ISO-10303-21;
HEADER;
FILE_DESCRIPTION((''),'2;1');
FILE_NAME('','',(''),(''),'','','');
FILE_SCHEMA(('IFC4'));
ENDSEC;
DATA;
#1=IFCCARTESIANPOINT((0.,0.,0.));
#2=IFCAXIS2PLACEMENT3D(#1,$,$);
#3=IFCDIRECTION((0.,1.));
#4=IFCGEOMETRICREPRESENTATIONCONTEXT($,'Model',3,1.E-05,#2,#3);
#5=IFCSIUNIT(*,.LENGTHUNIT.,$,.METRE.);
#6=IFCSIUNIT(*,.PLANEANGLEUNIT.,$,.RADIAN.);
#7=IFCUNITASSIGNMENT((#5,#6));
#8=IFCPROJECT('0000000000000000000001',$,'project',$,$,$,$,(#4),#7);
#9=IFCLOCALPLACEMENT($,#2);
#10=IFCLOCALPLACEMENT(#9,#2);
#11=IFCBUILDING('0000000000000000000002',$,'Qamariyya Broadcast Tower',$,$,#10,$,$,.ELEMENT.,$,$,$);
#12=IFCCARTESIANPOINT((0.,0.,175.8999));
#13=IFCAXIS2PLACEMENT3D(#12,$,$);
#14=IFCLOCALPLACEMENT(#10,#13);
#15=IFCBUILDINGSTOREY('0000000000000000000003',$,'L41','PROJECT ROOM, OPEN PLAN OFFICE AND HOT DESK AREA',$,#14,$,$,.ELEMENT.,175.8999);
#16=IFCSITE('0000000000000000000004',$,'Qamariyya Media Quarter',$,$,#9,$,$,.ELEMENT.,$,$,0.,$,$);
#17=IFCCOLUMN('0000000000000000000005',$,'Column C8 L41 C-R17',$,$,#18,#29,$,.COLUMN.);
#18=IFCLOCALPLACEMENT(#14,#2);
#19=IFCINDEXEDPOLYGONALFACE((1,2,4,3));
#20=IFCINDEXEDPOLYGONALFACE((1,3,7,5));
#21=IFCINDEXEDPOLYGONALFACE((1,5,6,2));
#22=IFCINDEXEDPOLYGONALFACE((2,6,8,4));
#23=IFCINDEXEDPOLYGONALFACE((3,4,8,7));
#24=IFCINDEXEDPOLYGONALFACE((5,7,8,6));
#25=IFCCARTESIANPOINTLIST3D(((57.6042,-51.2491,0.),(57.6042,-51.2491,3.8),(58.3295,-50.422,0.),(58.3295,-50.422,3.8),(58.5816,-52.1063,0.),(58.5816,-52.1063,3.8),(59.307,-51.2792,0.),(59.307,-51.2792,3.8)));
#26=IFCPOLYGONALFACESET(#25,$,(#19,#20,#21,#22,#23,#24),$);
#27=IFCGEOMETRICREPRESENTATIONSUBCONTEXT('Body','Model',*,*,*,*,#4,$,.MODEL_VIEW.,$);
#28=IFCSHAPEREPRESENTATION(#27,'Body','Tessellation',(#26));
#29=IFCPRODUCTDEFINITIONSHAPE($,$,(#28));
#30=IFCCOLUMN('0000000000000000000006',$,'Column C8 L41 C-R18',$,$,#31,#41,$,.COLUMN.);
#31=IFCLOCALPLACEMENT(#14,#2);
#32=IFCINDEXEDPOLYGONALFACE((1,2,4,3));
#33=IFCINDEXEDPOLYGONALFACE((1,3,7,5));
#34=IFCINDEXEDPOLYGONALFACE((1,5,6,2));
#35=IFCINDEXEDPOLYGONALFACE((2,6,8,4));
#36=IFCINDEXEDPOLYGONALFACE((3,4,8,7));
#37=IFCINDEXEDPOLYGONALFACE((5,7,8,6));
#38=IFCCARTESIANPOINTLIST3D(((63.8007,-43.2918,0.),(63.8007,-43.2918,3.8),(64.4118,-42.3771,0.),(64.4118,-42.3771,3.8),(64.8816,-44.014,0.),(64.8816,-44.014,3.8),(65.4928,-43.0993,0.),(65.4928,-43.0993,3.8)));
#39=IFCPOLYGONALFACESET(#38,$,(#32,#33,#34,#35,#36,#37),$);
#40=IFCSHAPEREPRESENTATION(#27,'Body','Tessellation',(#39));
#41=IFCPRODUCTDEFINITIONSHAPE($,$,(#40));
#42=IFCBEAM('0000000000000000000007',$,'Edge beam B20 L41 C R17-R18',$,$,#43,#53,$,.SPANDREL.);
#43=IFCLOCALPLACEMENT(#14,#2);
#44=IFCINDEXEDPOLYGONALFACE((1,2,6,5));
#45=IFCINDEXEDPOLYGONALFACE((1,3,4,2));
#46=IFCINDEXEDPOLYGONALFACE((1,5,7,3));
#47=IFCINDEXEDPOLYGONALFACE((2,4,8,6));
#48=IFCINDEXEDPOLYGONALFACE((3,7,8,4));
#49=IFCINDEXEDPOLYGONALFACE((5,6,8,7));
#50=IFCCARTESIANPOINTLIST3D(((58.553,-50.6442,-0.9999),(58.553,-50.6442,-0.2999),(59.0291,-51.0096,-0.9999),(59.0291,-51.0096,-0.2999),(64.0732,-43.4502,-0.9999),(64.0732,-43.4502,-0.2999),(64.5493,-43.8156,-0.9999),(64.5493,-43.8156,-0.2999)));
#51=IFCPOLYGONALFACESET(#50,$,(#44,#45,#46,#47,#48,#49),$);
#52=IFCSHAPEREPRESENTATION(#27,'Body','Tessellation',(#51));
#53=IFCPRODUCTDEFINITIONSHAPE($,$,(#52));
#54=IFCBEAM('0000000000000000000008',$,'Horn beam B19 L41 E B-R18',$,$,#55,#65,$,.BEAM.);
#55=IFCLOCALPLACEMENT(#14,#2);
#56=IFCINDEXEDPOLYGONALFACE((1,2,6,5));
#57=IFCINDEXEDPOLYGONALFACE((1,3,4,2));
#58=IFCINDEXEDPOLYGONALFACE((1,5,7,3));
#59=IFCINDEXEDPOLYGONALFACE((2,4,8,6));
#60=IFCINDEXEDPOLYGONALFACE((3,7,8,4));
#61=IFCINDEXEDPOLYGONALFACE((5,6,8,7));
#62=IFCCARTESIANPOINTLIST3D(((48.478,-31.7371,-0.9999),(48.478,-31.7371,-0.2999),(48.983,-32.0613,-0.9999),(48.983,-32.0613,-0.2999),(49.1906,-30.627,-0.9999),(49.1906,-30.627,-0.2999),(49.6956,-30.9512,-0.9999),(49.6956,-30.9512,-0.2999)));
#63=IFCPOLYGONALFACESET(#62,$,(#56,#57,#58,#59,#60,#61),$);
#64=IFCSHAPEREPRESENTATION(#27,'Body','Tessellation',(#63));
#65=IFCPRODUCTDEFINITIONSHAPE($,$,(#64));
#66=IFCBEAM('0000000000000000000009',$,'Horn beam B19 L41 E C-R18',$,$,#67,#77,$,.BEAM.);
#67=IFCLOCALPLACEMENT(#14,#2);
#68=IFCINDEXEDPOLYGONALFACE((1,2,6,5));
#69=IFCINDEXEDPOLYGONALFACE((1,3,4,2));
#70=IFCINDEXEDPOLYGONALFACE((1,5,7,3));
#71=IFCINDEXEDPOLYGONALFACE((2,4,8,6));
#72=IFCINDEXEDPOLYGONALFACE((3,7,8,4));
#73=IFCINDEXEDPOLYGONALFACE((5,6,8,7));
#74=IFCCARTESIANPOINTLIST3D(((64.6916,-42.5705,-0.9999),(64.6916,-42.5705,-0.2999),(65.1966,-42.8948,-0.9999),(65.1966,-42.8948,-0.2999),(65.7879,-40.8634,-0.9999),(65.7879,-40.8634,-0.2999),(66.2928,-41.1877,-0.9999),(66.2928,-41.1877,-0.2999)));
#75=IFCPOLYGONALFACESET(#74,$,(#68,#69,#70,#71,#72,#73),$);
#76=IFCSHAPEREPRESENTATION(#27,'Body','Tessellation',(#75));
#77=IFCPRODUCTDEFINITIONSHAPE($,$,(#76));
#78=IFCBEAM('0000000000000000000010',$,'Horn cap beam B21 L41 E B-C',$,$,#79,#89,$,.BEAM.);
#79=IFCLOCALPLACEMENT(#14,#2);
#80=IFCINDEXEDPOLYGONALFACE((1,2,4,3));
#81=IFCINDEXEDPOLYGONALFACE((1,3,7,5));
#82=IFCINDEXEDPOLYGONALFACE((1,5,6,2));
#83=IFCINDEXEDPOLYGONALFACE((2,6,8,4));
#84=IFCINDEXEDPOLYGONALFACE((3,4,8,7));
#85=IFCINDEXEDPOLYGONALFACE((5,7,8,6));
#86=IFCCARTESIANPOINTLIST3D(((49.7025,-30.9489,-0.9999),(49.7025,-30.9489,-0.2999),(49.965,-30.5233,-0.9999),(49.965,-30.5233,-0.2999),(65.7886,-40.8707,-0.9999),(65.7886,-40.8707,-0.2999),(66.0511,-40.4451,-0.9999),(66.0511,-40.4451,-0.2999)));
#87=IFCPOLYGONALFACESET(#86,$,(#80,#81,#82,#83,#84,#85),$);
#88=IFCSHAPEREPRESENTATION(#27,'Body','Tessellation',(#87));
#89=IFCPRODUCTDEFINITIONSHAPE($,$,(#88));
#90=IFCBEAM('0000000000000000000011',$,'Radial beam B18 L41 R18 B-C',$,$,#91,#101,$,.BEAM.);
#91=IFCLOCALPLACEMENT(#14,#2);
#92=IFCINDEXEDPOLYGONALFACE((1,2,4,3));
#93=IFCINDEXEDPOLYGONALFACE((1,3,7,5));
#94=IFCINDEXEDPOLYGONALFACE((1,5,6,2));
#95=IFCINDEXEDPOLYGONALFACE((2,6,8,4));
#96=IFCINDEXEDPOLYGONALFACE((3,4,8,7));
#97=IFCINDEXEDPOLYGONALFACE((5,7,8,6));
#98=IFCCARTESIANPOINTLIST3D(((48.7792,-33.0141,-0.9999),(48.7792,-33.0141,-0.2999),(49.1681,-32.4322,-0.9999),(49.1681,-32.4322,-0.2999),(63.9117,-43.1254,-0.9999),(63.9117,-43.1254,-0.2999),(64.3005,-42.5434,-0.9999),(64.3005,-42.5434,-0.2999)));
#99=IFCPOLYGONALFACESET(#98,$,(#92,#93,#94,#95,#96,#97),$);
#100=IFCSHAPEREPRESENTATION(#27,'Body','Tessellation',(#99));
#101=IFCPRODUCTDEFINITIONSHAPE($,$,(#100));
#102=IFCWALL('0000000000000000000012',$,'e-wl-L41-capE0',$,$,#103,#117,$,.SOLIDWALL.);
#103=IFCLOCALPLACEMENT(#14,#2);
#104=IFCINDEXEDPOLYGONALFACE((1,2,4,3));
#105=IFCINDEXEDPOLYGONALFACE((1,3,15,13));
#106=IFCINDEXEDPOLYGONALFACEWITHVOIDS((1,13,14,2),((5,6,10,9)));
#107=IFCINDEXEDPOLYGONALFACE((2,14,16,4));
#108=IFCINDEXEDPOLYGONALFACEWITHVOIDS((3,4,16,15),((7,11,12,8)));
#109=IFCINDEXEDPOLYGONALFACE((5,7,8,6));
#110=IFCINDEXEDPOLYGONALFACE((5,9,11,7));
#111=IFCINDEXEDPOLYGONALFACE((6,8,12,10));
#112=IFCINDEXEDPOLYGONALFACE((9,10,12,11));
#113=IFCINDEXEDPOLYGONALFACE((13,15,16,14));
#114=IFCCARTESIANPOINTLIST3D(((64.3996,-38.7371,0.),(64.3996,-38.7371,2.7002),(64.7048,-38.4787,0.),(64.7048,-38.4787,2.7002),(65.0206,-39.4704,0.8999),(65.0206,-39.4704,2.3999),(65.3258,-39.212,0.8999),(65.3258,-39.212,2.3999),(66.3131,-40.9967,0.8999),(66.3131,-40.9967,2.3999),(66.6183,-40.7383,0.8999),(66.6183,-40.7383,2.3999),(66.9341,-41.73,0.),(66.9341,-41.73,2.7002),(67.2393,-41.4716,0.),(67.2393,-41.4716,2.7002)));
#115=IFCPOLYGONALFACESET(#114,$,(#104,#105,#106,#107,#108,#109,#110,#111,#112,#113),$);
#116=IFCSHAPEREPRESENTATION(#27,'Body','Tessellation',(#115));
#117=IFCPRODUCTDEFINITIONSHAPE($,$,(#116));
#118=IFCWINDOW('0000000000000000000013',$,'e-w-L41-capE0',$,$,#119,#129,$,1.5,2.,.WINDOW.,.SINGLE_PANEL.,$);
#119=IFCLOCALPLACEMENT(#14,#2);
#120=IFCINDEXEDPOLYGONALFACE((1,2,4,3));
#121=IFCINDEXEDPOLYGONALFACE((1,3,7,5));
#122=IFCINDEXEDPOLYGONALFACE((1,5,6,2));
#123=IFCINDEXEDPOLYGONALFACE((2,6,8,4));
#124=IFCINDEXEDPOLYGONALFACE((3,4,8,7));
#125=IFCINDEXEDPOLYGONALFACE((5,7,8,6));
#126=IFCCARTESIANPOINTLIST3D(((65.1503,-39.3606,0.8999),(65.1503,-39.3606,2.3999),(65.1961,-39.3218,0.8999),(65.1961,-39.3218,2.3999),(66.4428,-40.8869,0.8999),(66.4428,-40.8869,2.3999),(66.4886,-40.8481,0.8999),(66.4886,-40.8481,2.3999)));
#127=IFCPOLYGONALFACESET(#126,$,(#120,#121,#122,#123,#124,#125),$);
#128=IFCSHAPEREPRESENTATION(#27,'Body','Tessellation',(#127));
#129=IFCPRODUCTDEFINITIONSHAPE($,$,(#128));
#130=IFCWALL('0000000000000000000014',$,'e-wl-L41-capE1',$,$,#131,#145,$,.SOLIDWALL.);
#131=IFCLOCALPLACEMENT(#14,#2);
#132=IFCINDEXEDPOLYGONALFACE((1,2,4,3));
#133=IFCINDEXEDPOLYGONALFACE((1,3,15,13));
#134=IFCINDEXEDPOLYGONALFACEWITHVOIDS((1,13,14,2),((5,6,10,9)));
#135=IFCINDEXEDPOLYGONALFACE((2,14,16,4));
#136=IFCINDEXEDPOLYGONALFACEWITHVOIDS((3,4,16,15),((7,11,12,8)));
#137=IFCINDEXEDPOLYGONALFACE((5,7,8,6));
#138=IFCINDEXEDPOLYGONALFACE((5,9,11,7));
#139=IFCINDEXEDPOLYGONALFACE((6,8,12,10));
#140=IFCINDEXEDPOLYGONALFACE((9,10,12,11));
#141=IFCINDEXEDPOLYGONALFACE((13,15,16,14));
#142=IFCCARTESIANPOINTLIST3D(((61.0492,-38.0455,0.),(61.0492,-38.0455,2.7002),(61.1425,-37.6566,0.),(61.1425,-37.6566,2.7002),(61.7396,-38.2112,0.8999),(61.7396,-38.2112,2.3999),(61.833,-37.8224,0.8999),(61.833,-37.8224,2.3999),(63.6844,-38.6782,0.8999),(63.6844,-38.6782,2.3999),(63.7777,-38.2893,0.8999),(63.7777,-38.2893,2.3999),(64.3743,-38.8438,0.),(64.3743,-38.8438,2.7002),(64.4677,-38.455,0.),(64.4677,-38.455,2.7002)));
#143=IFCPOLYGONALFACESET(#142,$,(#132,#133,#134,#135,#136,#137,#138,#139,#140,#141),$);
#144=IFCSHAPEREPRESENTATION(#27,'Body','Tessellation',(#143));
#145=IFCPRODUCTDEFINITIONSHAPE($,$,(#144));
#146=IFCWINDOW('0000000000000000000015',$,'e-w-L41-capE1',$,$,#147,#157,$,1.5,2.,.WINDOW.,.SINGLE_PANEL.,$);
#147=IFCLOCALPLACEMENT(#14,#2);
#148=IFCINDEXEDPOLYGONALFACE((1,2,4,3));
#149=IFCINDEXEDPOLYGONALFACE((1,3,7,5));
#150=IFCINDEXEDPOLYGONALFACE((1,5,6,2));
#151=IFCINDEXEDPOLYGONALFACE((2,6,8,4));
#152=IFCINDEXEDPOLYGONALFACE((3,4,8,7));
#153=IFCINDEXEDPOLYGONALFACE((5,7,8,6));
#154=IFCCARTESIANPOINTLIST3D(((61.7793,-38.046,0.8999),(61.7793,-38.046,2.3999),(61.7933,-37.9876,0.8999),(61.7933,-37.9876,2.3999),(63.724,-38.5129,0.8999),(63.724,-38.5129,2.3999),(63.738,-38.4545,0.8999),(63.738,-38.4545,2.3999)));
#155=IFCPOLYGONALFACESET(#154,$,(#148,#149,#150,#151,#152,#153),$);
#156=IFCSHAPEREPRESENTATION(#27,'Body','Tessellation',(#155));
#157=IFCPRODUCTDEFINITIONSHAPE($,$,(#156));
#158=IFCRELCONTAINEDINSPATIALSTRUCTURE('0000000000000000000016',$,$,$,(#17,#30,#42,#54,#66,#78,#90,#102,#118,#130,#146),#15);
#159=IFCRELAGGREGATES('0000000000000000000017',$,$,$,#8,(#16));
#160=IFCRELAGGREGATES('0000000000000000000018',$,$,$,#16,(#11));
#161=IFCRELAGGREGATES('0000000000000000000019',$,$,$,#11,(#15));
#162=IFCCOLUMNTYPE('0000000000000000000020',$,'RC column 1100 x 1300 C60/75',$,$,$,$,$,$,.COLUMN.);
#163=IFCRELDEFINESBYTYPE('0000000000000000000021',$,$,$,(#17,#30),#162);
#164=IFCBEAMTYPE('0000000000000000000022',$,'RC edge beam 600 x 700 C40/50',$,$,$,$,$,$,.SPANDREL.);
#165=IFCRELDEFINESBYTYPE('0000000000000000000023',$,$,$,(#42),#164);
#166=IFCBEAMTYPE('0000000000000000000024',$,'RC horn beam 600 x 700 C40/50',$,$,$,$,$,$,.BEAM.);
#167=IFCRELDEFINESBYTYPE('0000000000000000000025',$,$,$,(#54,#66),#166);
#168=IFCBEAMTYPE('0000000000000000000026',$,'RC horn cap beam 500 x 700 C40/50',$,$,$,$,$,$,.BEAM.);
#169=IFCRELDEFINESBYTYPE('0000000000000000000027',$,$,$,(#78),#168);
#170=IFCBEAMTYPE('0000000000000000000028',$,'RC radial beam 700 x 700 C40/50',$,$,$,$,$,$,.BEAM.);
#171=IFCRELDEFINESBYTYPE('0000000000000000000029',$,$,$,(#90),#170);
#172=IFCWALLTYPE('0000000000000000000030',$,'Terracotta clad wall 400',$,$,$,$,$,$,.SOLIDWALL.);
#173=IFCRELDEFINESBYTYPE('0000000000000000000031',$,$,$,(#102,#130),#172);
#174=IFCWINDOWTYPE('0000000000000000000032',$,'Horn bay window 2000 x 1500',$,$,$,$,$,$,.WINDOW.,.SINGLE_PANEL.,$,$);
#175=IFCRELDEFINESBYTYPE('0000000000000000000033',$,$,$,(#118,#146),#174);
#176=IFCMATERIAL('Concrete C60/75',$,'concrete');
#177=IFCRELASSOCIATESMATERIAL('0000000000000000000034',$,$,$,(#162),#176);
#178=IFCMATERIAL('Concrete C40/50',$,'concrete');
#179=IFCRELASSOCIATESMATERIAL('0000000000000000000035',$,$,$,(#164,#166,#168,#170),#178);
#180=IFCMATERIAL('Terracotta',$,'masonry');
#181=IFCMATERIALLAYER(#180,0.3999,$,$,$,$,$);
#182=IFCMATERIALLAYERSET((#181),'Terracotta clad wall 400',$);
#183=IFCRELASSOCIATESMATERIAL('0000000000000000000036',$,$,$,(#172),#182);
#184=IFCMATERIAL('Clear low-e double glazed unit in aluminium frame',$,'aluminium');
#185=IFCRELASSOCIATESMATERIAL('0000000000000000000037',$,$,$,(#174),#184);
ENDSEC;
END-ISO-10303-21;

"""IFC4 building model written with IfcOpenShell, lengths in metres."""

from ifc_helpers import new_model, si_unit, direction, frame, frame_2d, origin, origin_2d, place, context, subcontext, project, spatial, rectangle, extrude, material, layer, layer_set, material_profile, profile_set, type_object, element, fill, save


model = new_model("IFC4")

# Units and contexts
model_context = context("Model", 3, precision=1e-05, world=origin(), true_north=direction((0.0, 1.0)))
body_context = subcontext(model_context, "Body", "Model", "MODEL_VIEW")
ifc_project = project(units=[si_unit("LENGTHUNIT", "METRE"), si_unit("PLANEANGLEUNIT", "RADIAN")], contexts=[model_context])

# Site, building, storey
site_placement = place(None, origin())
site = spatial("IfcSite", under=ifc_project, at=site_placement, Name="Qamariyya Media Quarter", CompositionType="ELEMENT", RefElevation=0.0)
building_placement = place(site_placement, origin())
building = spatial("IfcBuilding", under=site, at=building_placement, Name="Qamariyya Broadcast Tower", CompositionType="ELEMENT")
storey_placement = place(building_placement, frame((0.0, 0.0, 175.8999)))
storey = spatial("IfcBuildingStorey", under=building, at=storey_placement, Name="L41", Description="PROJECT ROOM, OPEN PLAN OFFICE AND HOT DESK AREA", CompositionType="ELEMENT", Elevation=175.8999)

# Columns
ifc_material_1 = material(Name="Concrete C60/75", Category="concrete")
ifc_material_profile_1 = material_profile(ifc_material_1, rectangle(XDim=1.1001, YDim=1.3, at=origin_2d()))
ifc_profile_set_1 = profile_set([ifc_material_profile_1], Name="Concrete C60/75")
column_type = type_object("IfcColumnType", Name="RC column 1100 x 1300 C60/75", PredefinedType="COLUMN", material=ifc_profile_set_1)
for number, where, z_axis, x_axis, name in (
    (1, (58.4556, -51.2642, 0.0), (0.0, 0.0, 1.0), (0.659346, 0.75184, 0.0), "Column C8 L41 C-R17"),
    (2, (64.6467, -43.1956, 0.0), (0.0, 0.0, 1.0), (0.55557, 0.83147, 0.0), "Column C8 L41 C-R18"),
):
    element("IfcColumn", number, at=place(storey_placement, frame(where, z_axis=z_axis, x_axis=x_axis)), inside=storey, type_object=column_type, Name=name, PredefinedType="COLUMN", context=body_context, shape_type="SweptSolid", body=[
        extrude(rectangle(XDim=1.1001, YDim=1.3, at=origin_2d()), origin(), (0.0, 0.0, 1.0), 3.8),
    ])

# Beams
ifc_material_2 = material(Name="Concrete C40/50", Category="concrete")
ifc_material_profile_2 = material_profile(ifc_material_2, rectangle(XDim=0.6001, YDim=0.7, at=origin_2d()))
ifc_profile_set_2 = profile_set([ifc_material_profile_2], Name="Concrete C40/50")
beam_type_1 = type_object("IfcBeamType", Name="RC edge beam 600 x 700 C40/50", PredefinedType="SPANDREL", material=ifc_profile_set_2)
beam_1_placement = place(storey_placement, frame((58.791, -50.8269, -0.6499), z_axis=(0.608764, 0.793351, 0.0), x_axis=(-0.793351, 0.608764, 0.0)))
element("IfcBeam", 3, at=beam_1_placement, inside=storey, type_object=beam_type_1, Name="Edge beam B20 L41 C R17-R18", PredefinedType="SPANDREL", context=body_context, shape_type="SweptSolid", body=[
    extrude(rectangle(XDim=0.6001, YDim=0.7, at=origin_2d()), origin(), (0.0, 0.0, 1.0), 9.0679),
])
ifc_material_profile_3 = material_profile(ifc_material_2, rectangle(XDim=0.6001, YDim=0.7, at=origin_2d()))
ifc_profile_set_3 = profile_set([ifc_material_profile_3], Name="Concrete C40/50")
beam_type_2 = type_object("IfcBeamType", Name="RC horn beam 600 x 700 C40/50", PredefinedType="BEAM", material=ifc_profile_set_3)
beam_2_placement = place(storey_placement, frame((48.7305, -31.8992, -0.6499), z_axis=(0.540224, 0.841521, 0.0), x_axis=(-0.841521, 0.540224, 0.0)))
element("IfcBeam", 4, at=beam_2_placement, inside=storey, type_object=beam_type_2, Name="Horn beam B19 L41 E B-R18", PredefinedType="BEAM", context=body_context, shape_type="SweptSolid", body=[
    extrude(rectangle(XDim=0.6001, YDim=0.7, at=origin_2d()), origin(), (0.0, 0.0, 1.0), 1.3191),
])
beam_3_placement = place(storey_placement, frame((64.9441, -42.7327, -0.6499), z_axis=(0.540344, 0.841444, 0.0), x_axis=(-0.841444, 0.540344, 0.0)))
element("IfcBeam", 5, at=beam_3_placement, inside=storey, type_object=beam_type_2, Name="Horn beam B19 L41 E C-R18", PredefinedType="BEAM", context=body_context, shape_type="SweptSolid", body=[
    extrude(rectangle(XDim=0.6001, YDim=0.7, at=origin_2d()), origin(), (0.0, 0.0, 1.0), 2.0288),
])
ifc_material_profile_4 = material_profile(ifc_material_2, rectangle(XDim=0.5, YDim=0.7, at=origin_2d()))
ifc_profile_set_4 = profile_set([ifc_material_profile_4], Name="Concrete C40/50")
beam_type_3 = type_object("IfcBeamType", Name="RC horn cap beam 500 x 700 C40/50", PredefinedType="BEAM", material=ifc_profile_set_4)
beam_4_placement = place(storey_placement, frame((49.8337, -30.7361, -0.6499), z_axis=(0.851122, -0.524968, 0.0), x_axis=(0.524968, 0.851122, 0.0)))
element("IfcBeam", 6, at=beam_4_placement, inside=storey, type_object=beam_type_3, Name="Horn cap beam B21 L41 E B-C", PredefinedType="BEAM", context=body_context, shape_type="SweptSolid", body=[
    extrude(rectangle(XDim=0.5, YDim=0.7, at=origin_2d()), origin(), (0.0, 0.0, 1.0), 18.8999),
])
ifc_material_profile_5 = material_profile(ifc_material_2, rectangle(XDim=0.7, YDim=0.7, at=origin_2d()))
ifc_profile_set_5 = profile_set([ifc_material_profile_5], Name="Concrete C40/50")
beam_type_4 = type_object("IfcBeamType", Name="RC radial beam 700 x 700 C40/50", PredefinedType="BEAM", material=ifc_profile_set_5)
beam_5_placement = place(storey_placement, frame((48.9736, -32.7231, -0.6499), z_axis=(0.831468, -0.555573, 0.0), x_axis=(0.555573, 0.831468, 0.0)))
element("IfcBeam", 7, at=beam_5_placement, inside=storey, type_object=beam_type_4, Name="Radial beam B18 L41 R18 B-C", PredefinedType="BEAM", context=body_context, shape_type="SweptSolid", body=[
    extrude(rectangle(XDim=0.7, YDim=0.7, at=origin_2d()), origin(), (0.0, 0.0, 1.0), 18.1997),
])

# Walls, openings, windows
ifc_material_3 = material(Name="Terracotta", Category="masonry")
ifc_layer = layer(ifc_material_3, 0.3999)
ifc_layer_set = layer_set([ifc_layer], Name="Terracotta clad wall 400")
wall_type = type_object("IfcWallType", Name="Terracotta clad wall 400", PredefinedType="SOLIDWALL", material=ifc_layer_set)
wall_1_placement = place(storey_placement, frame((67.0867, -41.6008, 0.0), z_axis=(0.0, 0.0, 1.0), x_axis=(-0.646232, 0.763141, 0.0)))
wall_1 = element("IfcWall", 8, at=wall_1_placement, inside=storey, type_object=wall_type, Name="e-wl-L41-capE0", PredefinedType="SOLIDWALL", context=body_context, shape_type="SweptSolid", body=[
    extrude(rectangle(XDim=3.9219, YDim=0.3999, at=frame_2d((1.9609, 0.0))), origin(), (0.0, 0.0, 1.0), 2.7002),
])
opening_1_placement = place(wall_1_placement, frame((0.9609, 0.0, 0.8999)))
opening_1 = element("IfcOpeningElement", 9, at=opening_1_placement, cuts=wall_1, PredefinedType="OPENING", context=body_context, shape_type="SweptSolid", body=[
    extrude(rectangle(XDim=2.0, YDim=1.5, at=frame_2d((1.0, 0.75))), frame((0.0, 0.21, 0.0), z_axis=(0.0, -1.0, 0.0), x_axis=(1.0, 0.0, 0.0)), (0.0, 0.0, 1.0), 0.4199),
])
ifc_material_4 = material(Name="Clear low-e double glazed unit in aluminium frame", Category="aluminium")
window_type = type_object("IfcWindowType", Name="Horn bay window 2000 x 1500", PartitioningType="SINGLE_PANEL", PredefinedType="WINDOW", material=ifc_material_4)
window_1_placement = place(opening_1_placement, origin())
window_1 = element("IfcWindow", 10, at=window_1_placement, inside=storey, type_object=window_type, Name="e-w-L41-capE0", OverallHeight=1.5, OverallWidth=2.0, PartitioningType="SINGLE_PANEL", PredefinedType="WINDOW", context=body_context, shape_type="SweptSolid", body=[
    extrude(rectangle(XDim=2.0, YDim=1.5, at=frame_2d((1.0, 0.75))), frame((0.0, 0.03, 0.0), z_axis=(0.0, -1.0, 0.0), x_axis=(1.0, 0.0, 0.0)), (0.0, 0.0, 1.0), 0.0601),
])
fill(opening_1, window_1)
wall_2_placement = place(storey_placement, frame((64.4211, -38.6494, 0.0), z_axis=(0.0, 0.0, 1.0), x_axis=(-0.972368, 0.233454, 0.0)))
wall_2 = element("IfcWall", 11, at=wall_2_placement, inside=storey, type_object=wall_type, Name="e-wl-L41-capE1", PredefinedType="SOLIDWALL", context=body_context, shape_type="SweptSolid", body=[
    extrude(rectangle(XDim=3.4197, YDim=0.3999, at=frame_2d((1.71, 0.0))), origin(), (0.0, 0.0, 1.0), 2.7002),
])
opening_2_placement = place(wall_2_placement, frame((0.7097, 0.0, 0.8999)))
opening_2 = element("IfcOpeningElement", 12, at=opening_2_placement, cuts=wall_2, PredefinedType="OPENING", context=body_context, shape_type="SweptSolid", body=[
    extrude(rectangle(XDim=2.0, YDim=1.5, at=frame_2d((1.0, 0.75))), frame((0.0, 0.21, 0.0), z_axis=(0.0, -1.0, 0.0), x_axis=(1.0, 0.0, 0.0)), (0.0, 0.0, 1.0), 0.4199),
])
window_2_placement = place(opening_2_placement, origin())
window_2 = element("IfcWindow", 13, at=window_2_placement, inside=storey, type_object=window_type, Name="e-w-L41-capE1", OverallHeight=1.5, OverallWidth=2.0, PartitioningType="SINGLE_PANEL", PredefinedType="WINDOW", context=body_context, shape_type="SweptSolid", body=[
    extrude(rectangle(XDim=2.0, YDim=1.5, at=frame_2d((1.0, 0.75))), frame((0.0, 0.03, 0.0), z_axis=(0.0, -1.0, 0.0), x_axis=(1.0, 0.0, 0.0)), (0.0, 0.0, 1.0), 0.0601),
])
fill(opening_2, window_2)

save(model, "model.ifc")
